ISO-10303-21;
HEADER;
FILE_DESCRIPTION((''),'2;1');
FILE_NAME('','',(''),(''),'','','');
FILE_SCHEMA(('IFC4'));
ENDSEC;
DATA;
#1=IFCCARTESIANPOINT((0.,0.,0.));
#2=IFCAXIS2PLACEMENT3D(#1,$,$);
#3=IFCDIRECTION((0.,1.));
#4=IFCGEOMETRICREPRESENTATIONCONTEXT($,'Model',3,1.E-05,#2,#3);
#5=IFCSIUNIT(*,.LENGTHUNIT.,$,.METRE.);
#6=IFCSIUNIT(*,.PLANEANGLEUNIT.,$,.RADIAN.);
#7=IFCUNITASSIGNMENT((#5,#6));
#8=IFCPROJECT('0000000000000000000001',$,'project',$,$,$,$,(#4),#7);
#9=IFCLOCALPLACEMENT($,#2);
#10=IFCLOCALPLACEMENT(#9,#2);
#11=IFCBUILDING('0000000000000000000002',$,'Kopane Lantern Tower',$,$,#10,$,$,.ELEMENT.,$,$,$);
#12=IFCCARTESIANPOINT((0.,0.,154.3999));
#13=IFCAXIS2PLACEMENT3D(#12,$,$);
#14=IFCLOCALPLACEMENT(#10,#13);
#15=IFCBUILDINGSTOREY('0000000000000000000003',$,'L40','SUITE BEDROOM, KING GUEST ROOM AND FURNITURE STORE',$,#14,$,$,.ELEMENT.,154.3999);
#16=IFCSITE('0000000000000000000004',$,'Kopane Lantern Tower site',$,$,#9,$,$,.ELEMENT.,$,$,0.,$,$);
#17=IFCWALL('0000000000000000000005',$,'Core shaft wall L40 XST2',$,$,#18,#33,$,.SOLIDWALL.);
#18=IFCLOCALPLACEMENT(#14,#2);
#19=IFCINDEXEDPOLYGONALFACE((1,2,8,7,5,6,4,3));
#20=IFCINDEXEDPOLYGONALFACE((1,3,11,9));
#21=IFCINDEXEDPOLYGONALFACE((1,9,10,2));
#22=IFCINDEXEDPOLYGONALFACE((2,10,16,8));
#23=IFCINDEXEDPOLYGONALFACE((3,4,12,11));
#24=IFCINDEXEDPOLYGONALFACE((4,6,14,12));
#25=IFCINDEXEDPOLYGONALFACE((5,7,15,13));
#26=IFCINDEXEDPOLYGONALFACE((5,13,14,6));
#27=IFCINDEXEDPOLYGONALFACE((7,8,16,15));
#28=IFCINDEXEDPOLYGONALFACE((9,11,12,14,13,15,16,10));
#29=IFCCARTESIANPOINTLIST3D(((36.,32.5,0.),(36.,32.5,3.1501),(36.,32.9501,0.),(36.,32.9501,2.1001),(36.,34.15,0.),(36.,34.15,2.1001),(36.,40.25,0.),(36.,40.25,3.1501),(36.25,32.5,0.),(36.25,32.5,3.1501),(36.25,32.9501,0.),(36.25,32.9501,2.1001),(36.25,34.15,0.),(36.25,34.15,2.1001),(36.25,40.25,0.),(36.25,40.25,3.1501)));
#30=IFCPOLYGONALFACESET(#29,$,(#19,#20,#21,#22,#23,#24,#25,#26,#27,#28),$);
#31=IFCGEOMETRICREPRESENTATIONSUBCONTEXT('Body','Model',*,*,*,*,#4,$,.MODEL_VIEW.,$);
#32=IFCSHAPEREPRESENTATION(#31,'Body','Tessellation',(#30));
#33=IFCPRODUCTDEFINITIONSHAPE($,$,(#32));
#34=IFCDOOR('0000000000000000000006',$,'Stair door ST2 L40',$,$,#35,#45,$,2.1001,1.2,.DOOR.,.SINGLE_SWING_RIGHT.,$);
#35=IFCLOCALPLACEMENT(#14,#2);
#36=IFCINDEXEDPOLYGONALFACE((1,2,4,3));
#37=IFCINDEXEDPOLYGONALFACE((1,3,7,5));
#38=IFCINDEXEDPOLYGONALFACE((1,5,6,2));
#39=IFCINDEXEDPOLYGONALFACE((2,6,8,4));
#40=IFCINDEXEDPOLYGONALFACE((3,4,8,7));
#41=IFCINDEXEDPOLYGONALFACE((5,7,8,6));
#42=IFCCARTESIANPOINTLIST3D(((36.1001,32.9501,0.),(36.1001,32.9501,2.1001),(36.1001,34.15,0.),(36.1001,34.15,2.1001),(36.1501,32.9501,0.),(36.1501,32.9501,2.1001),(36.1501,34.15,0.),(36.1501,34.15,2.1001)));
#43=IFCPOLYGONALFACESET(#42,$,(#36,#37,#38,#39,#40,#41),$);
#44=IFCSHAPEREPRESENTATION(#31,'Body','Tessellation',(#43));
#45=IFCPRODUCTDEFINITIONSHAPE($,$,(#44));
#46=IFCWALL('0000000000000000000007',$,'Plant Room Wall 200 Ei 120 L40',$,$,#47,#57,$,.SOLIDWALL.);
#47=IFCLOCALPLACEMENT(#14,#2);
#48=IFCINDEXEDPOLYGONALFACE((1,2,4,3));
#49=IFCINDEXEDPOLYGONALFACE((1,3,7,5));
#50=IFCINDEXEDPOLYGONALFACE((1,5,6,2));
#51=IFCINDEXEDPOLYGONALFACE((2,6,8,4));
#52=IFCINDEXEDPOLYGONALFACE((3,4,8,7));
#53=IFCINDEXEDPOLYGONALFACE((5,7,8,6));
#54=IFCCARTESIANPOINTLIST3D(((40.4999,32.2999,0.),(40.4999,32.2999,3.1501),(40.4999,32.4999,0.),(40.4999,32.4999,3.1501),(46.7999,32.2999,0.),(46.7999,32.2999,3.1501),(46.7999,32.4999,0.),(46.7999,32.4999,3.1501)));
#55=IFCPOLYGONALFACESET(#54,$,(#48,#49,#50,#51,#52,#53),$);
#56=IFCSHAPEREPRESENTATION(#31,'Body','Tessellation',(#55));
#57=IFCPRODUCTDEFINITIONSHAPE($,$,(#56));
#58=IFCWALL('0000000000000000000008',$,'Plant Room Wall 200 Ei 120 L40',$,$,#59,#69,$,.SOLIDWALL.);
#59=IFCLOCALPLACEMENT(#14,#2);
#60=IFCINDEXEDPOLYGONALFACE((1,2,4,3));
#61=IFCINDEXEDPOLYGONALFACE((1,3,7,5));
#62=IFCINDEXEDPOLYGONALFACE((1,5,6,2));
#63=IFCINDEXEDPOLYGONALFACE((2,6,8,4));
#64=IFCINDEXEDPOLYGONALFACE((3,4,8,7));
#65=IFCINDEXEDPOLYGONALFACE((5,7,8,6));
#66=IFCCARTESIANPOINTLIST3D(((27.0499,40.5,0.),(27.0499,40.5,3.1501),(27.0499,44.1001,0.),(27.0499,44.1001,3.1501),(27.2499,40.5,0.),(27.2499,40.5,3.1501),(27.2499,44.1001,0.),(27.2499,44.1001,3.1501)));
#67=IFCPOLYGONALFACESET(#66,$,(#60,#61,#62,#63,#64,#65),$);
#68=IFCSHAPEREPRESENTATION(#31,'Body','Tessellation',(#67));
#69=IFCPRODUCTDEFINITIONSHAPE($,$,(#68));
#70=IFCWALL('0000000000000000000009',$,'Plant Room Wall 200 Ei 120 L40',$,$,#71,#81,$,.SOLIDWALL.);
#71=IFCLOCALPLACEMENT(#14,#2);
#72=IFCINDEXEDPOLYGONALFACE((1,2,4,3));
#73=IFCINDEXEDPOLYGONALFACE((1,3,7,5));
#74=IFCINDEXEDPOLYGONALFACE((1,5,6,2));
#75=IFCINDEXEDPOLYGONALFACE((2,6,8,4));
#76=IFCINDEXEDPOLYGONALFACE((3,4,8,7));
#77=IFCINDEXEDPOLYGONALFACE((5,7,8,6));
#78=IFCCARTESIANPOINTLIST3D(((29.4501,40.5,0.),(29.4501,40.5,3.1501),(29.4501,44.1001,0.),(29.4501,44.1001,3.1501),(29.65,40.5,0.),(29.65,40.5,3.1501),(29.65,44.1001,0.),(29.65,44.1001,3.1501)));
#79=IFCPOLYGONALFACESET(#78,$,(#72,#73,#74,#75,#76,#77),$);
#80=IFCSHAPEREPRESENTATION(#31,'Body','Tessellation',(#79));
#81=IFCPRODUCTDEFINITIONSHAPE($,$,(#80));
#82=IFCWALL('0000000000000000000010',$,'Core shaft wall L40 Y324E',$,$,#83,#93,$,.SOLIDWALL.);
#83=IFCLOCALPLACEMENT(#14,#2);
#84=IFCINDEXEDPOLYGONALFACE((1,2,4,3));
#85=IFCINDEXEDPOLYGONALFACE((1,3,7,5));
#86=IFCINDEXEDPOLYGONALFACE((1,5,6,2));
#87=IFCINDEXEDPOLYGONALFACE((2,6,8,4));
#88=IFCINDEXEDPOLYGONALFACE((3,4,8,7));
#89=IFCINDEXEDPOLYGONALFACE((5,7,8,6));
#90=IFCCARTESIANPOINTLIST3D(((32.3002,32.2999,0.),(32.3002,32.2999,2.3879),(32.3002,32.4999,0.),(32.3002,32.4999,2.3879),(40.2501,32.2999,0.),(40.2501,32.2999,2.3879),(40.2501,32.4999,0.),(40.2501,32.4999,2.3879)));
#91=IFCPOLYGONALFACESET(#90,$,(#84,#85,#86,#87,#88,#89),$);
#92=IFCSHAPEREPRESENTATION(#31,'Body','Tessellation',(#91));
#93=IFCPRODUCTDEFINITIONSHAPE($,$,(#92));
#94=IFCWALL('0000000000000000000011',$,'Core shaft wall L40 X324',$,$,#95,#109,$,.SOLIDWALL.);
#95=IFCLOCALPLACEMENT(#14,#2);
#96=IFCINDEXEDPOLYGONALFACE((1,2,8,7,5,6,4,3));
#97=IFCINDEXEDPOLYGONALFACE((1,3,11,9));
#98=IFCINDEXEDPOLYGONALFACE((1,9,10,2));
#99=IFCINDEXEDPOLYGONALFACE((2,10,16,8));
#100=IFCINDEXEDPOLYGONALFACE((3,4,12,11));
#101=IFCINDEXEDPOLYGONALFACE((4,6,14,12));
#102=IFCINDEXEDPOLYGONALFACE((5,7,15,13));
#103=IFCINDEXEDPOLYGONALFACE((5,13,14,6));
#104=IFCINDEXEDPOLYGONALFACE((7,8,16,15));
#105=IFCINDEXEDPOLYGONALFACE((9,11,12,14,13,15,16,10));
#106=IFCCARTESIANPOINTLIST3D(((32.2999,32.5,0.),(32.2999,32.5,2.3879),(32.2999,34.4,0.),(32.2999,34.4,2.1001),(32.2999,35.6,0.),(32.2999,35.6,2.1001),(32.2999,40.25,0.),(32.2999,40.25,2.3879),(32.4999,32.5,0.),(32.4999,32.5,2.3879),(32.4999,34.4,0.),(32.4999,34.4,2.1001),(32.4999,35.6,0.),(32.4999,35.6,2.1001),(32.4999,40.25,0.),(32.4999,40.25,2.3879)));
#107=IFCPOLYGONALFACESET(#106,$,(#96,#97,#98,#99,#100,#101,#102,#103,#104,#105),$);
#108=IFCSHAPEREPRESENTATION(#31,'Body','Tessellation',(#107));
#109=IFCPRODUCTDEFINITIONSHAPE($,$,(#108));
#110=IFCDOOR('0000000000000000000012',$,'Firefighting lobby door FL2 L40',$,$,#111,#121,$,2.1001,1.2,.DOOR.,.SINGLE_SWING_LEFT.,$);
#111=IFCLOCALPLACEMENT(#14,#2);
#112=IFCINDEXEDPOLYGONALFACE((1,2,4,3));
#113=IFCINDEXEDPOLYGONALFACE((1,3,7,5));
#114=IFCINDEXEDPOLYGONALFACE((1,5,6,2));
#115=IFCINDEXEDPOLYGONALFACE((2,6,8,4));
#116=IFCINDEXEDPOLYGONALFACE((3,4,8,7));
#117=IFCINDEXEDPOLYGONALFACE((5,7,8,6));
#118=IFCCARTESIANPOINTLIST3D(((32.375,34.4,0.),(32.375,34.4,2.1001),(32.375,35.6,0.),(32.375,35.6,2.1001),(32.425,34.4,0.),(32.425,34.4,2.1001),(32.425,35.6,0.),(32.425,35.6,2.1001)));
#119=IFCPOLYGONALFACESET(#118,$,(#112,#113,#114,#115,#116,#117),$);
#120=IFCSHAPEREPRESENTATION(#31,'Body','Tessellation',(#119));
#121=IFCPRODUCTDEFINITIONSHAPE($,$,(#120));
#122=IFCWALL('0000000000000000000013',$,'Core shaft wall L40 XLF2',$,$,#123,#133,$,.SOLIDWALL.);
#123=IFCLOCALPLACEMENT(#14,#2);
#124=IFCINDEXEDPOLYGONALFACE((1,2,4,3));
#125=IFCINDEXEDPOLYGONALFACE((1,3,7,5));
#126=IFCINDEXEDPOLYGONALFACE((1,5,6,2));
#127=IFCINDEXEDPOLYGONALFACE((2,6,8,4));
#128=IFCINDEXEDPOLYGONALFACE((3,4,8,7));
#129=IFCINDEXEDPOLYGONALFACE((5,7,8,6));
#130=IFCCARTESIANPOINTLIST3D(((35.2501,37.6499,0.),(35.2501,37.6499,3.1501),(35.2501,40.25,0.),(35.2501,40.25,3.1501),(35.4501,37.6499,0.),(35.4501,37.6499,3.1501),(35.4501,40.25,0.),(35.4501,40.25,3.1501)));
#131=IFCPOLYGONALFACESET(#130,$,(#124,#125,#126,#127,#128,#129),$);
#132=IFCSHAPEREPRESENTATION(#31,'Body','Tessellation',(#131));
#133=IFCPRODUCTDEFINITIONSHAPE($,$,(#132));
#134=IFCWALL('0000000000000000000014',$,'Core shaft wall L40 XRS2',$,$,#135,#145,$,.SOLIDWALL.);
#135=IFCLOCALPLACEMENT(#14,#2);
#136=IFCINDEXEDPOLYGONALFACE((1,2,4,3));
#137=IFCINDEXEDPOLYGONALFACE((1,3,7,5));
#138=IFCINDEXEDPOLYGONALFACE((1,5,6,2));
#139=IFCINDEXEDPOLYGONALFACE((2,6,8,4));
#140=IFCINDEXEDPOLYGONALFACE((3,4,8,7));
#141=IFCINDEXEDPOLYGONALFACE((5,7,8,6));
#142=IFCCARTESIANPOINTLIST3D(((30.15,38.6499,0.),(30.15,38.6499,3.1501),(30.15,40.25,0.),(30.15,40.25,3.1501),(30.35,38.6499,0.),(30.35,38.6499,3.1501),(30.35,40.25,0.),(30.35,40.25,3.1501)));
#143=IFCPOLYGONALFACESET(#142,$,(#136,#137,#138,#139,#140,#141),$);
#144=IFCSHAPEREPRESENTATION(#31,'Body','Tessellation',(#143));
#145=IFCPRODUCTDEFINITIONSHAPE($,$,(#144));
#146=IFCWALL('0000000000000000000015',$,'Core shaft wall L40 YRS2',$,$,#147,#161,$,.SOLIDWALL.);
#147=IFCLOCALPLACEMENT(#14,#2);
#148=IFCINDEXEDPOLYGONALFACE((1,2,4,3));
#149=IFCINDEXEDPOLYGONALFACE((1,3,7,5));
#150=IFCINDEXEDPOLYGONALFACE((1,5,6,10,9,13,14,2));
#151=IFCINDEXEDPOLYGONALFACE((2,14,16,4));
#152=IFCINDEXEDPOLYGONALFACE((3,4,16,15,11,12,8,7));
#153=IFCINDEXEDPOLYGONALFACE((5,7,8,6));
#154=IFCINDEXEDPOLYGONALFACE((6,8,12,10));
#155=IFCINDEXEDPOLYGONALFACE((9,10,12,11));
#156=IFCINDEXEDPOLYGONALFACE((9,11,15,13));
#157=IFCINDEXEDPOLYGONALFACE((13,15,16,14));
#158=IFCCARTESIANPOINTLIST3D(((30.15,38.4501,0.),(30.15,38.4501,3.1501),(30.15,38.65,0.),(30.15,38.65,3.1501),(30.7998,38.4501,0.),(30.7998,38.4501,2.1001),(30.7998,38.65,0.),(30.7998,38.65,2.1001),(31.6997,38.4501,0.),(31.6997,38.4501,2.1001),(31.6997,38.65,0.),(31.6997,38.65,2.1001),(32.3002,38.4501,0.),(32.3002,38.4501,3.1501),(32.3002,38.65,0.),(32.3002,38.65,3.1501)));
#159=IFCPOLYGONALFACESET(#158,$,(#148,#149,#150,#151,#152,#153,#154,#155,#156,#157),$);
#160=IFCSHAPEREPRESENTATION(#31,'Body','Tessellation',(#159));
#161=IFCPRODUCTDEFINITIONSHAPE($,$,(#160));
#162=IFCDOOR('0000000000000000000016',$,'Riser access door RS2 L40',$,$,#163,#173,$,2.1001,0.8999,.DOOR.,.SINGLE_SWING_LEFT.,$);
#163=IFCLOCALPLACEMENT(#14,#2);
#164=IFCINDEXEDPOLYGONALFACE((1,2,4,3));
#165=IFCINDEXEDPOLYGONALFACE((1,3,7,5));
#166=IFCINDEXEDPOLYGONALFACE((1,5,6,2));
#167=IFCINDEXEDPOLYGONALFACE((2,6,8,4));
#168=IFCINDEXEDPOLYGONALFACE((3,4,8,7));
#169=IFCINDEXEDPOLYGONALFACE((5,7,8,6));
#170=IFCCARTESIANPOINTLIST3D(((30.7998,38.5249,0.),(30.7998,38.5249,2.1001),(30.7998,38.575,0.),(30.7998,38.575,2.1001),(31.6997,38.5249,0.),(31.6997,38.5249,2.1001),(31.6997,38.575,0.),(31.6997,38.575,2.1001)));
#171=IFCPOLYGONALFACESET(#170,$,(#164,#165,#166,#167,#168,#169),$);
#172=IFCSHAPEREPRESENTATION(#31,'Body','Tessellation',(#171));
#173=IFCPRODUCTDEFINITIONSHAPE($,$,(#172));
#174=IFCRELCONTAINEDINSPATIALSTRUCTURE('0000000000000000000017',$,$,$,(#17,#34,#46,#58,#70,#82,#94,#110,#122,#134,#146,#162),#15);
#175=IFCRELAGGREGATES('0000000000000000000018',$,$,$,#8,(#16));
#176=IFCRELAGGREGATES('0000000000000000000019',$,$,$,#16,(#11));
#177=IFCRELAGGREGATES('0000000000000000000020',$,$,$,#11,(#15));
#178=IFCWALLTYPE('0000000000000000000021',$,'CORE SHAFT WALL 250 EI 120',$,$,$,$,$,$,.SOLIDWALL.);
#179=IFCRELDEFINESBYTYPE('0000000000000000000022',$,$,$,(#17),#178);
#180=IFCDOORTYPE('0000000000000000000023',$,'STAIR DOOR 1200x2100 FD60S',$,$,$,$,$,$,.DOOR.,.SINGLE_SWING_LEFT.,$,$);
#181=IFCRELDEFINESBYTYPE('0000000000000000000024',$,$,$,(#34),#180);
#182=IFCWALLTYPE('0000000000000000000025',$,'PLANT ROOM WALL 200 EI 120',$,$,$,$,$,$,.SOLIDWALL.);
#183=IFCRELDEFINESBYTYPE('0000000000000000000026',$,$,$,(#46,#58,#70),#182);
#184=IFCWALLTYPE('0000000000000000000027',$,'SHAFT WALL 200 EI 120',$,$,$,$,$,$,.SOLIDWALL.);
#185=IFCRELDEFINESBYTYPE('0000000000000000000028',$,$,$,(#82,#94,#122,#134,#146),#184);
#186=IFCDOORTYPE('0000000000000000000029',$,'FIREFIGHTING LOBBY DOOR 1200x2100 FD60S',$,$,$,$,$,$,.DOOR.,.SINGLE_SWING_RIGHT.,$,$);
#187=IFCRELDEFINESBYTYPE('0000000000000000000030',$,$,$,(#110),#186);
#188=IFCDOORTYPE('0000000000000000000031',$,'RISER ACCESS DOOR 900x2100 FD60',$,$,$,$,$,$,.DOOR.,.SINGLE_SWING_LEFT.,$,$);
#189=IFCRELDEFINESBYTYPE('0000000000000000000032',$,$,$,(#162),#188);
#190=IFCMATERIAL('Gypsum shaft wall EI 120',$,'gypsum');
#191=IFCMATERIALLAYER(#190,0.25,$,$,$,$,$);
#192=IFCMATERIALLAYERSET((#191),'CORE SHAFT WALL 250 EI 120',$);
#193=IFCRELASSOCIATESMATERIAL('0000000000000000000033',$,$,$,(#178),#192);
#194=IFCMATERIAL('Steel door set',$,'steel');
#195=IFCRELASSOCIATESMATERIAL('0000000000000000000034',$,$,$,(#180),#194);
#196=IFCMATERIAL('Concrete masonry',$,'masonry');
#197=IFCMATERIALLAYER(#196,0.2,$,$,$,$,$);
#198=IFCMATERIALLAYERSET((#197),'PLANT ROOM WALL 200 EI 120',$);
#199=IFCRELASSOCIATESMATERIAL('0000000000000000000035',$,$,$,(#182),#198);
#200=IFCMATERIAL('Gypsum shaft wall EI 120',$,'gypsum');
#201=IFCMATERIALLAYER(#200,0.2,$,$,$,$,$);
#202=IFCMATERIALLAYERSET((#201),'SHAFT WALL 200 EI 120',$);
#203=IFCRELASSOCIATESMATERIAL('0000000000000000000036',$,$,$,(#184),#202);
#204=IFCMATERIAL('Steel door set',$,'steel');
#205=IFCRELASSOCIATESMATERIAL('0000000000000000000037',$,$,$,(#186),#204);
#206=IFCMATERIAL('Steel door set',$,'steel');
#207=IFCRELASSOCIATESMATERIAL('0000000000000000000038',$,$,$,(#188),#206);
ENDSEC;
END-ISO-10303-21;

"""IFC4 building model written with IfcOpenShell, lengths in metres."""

from ifc_helpers import new_model, si_unit, direction, frame, frame_2d, origin, place, context, subcontext, project, spatial, rectangle, extrude, material, layer, layer_set, type_object, element, fill, save


model = new_model("IFC4")

# Units and contexts
model_context = context("Model", 3, precision=1e-05, world=origin(), true_north=direction((0.0, 1.0)))
body_context = subcontext(model_context, "Body", "Model", "MODEL_VIEW")
ifc_project = project(units=[si_unit("LENGTHUNIT", "METRE"), si_unit("PLANEANGLEUNIT", "RADIAN")], contexts=[model_context])

# Site, building, storey
site_placement = place(None, origin())
site = spatial("IfcSite", under=ifc_project, at=site_placement, Name="Kopane Lantern Tower site", CompositionType="ELEMENT", RefElevation=0.0)
building_placement = place(site_placement, origin())
building = spatial("IfcBuilding", under=site, at=building_placement, Name="Kopane Lantern Tower", CompositionType="ELEMENT")
storey_placement = place(building_placement, frame((0.0, 0.0, 154.3999)))
storey = spatial("IfcBuildingStorey", under=building, at=storey_placement, Name="L40", Description="SUITE BEDROOM, KING GUEST ROOM AND FURNITURE STORE", CompositionType="ELEMENT", Elevation=154.3999)

# Wall, opening, door
ifc_material_1 = material(Name="Gypsum shaft wall EI 120", Category="gypsum")
ifc_layer_1 = layer(ifc_material_1, 0.25)
ifc_layer_set_1 = layer_set([ifc_layer_1], Name="CORE SHAFT WALL 250 EI 120")
wall_type_1 = type_object("IfcWallType", Name="CORE SHAFT WALL 250 EI 120", PredefinedType="SOLIDWALL", material=ifc_layer_set_1)
wall_1_placement = place(storey_placement, frame((36.125, 32.5, 0.0), z_axis=(0.0, 0.0, 1.0), x_axis=(0.0, 1.0, 0.0)))
wall_1 = element("IfcWall", 1, at=wall_1_placement, inside=storey, type_object=wall_type_1, Name="Core shaft wall L40 XST2", PredefinedType="SOLIDWALL", context=body_context, shape_type="SweptSolid", body=[
    extrude(rectangle(XDim=7.75, YDim=0.25, at=frame_2d((3.875, 0.0))), origin(), (0.0, 0.0, 1.0), 3.1501),
])
opening_1_placement = place(wall_1_placement, frame((0.45, 0.0, 0.0)))
opening_1 = element("IfcOpeningElement", 2, at=opening_1_placement, cuts=wall_1, PredefinedType="OPENING", context=body_context, shape_type="SweptSolid", body=[
    extrude(rectangle(XDim=1.2, YDim=2.1001, at=frame_2d((0.6001, 1.05))), frame((0.0, 0.135, 0.0), z_axis=(0.0, -1.0, 0.0), x_axis=(1.0, 0.0, 0.0)), (0.0, 0.0, 1.0), 0.27),
])
ifc_material_2 = material(Name="Steel door set", Category="steel")
door_type_1 = type_object("IfcDoorType", Name="STAIR DOOR 1200x2100 FD60S", OperationType="SINGLE_SWING_LEFT", PredefinedType="DOOR", material=ifc_material_2)
door_1_placement = place(opening_1_placement, origin())
door_1 = element("IfcDoor", 3, at=door_1_placement, inside=storey, type_object=door_type_1, Name="Stair door ST2 L40", OperationType="SINGLE_SWING_RIGHT", OverallHeight=2.1001, OverallWidth=1.2, PredefinedType="DOOR", context=body_context, shape_type="SweptSolid", body=[
    extrude(rectangle(XDim=1.2, YDim=2.1001, at=frame_2d((0.6001, 1.05))), frame((0.0, 0.0249, 0.0), z_axis=(0.0, -1.0, 0.0), x_axis=(1.0, 0.0, 0.0)), (0.0, 0.0, 1.0), 0.05),
])
fill(opening_1, door_1)

# Walls
ifc_material_3 = material(Name="Concrete masonry", Category="masonry")
ifc_layer_2 = layer(ifc_material_3, 0.2)
ifc_layer_set_2 = layer_set([ifc_layer_2], Name="PLANT ROOM WALL 200 EI 120")
wall_type_2 = type_object("IfcWallType", Name="PLANT ROOM WALL 200 EI 120", PredefinedType="SOLIDWALL", material=ifc_layer_set_2)
wall_2_placement = place(storey_placement, frame((40.5, 32.3999, 0.0), z_axis=(0.0, 0.0, 1.0), x_axis=(1.0, 0.0, 0.0)))
element("IfcWall", 4, at=wall_2_placement, inside=storey, type_object=wall_type_2, Name="Plant Room Wall 200 Ei 120 L40", PredefinedType="SOLIDWALL", context=body_context, shape_type="SweptSolid", body=[
    extrude(rectangle(XDim=6.3, YDim=0.2, at=frame_2d((3.1499, 0.0))), origin(), (0.0, 0.0, 1.0), 3.1501),
])
for number, where, z_axis, x_axis, name in (
    (5, (27.1499, 40.5, 0.0), (0.0, 0.0, 1.0), (0.0, 1.0, 0.0), "Plant Room Wall 200 Ei 120 L40"),
    (6, (29.55, 40.5, 0.0), (0.0, 0.0, 1.0), (0.0, 1.0, 0.0), "Plant Room Wall 200 Ei 120 L40"),
):
    element("IfcWall", number, at=place(storey_placement, frame(where, z_axis=z_axis, x_axis=x_axis)), inside=storey, type_object=wall_type_2, Name=name, PredefinedType="SOLIDWALL", context=body_context, shape_type="SweptSolid", body=[
        extrude(rectangle(XDim=3.6001, YDim=0.2, at=frame_2d((1.8, 0.0))), origin(), (0.0, 0.0, 1.0), 3.1501),
    ])
ifc_material_4 = material(Name="Gypsum shaft wall EI 120", Category="gypsum")
ifc_layer_3 = layer(ifc_material_4, 0.2)
ifc_layer_set_3 = layer_set([ifc_layer_3], Name="SHAFT WALL 200 EI 120")
wall_type_3 = type_object("IfcWallType", Name="SHAFT WALL 200 EI 120", PredefinedType="SOLIDWALL", material=ifc_layer_set_3)
wall_3_placement = place(storey_placement, frame((32.3, 32.3999, 0.0), z_axis=(0.0, 0.0, 1.0), x_axis=(1.0, 0.0, 0.0)))
element("IfcWall", 7, at=wall_3_placement, inside=storey, type_object=wall_type_3, Name="Core shaft wall L40 Y324E", PredefinedType="SOLIDWALL", context=body_context, shape_type="SweptSolid", body=[
    extrude(rectangle(XDim=7.95, YDim=0.2, at=frame_2d((3.9751, 0.0))), origin(), (0.0, 0.0, 1.0), 2.3879),
])

# Wall, opening, door
wall_4_placement = place(storey_placement, frame((32.3999, 32.5, 0.0), z_axis=(0.0, 0.0, 1.0), x_axis=(0.0, 1.0, 0.0)))
wall_4 = element("IfcWall", 8, at=wall_4_placement, inside=storey, type_object=wall_type_3, Name="Core shaft wall L40 X324", PredefinedType="SOLIDWALL", context=body_context, shape_type="SweptSolid", body=[
    extrude(rectangle(XDim=7.75, YDim=0.2, at=frame_2d((3.875, 0.0))), origin(), (0.0, 0.0, 1.0), 2.3879),
])
opening_2_placement = place(wall_4_placement, frame((1.8999, 0.0, 0.0)))
opening_2 = element("IfcOpeningElement", 9, at=opening_2_placement, cuts=wall_4, PredefinedType="OPENING", context=body_context, shape_type="SweptSolid", body=[
    extrude(rectangle(XDim=1.2, YDim=2.1001, at=frame_2d((0.6001, 1.05))), frame((0.0, 0.1099, 0.0), z_axis=(0.0, -1.0, 0.0), x_axis=(1.0, 0.0, 0.0)), (0.0, 0.0, 1.0), 0.22),
])
ifc_material_5 = material(Name="Steel door set", Category="steel")
door_type_2 = type_object("IfcDoorType", Name="FIREFIGHTING LOBBY DOOR 1200x2100 FD60S", OperationType="SINGLE_SWING_RIGHT", PredefinedType="DOOR", material=ifc_material_5)
door_2_placement = place(opening_2_placement, origin())
door_2 = element("IfcDoor", 10, at=door_2_placement, inside=storey, type_object=door_type_2, Name="Firefighting lobby door FL2 L40", OperationType="SINGLE_SWING_LEFT", OverallHeight=2.1001, OverallWidth=1.2, PredefinedType="DOOR", context=body_context, shape_type="SweptSolid", body=[
    extrude(rectangle(XDim=1.2, YDim=2.1001, at=frame_2d((0.6001, 1.05))), frame((0.0, 0.0249, 0.0), z_axis=(0.0, -1.0, 0.0), x_axis=(1.0, 0.0, 0.0)), (0.0, 0.0, 1.0), 0.05),
])
fill(opening_2, door_2)

# Walls
wall_5_placement = place(storey_placement, frame((35.3501, 37.6499, 0.0), z_axis=(0.0, 0.0, 1.0), x_axis=(0.0, 1.0, 0.0)))
element("IfcWall", 11, at=wall_5_placement, inside=storey, type_object=wall_type_3, Name="Core shaft wall L40 XLF2", PredefinedType="SOLIDWALL", context=body_context, shape_type="SweptSolid", body=[
    extrude(rectangle(XDim=2.6001, YDim=0.2, at=frame_2d((1.3, 0.0))), origin(), (0.0, 0.0, 1.0), 3.1501),
])
wall_6_placement = place(storey_placement, frame((30.25, 38.6499, 0.0), z_axis=(0.0, 0.0, 1.0), x_axis=(0.0, 1.0, 0.0)))
element("IfcWall", 12, at=wall_6_placement, inside=storey, type_object=wall_type_3, Name="Core shaft wall L40 XRS2", PredefinedType="SOLIDWALL", context=body_context, shape_type="SweptSolid", body=[
    extrude(rectangle(XDim=1.6001, YDim=0.2, at=frame_2d((0.8, 0.0))), origin(), (0.0, 0.0, 1.0), 3.1501),
])

# Wall, opening, door
wall_7_placement = place(storey_placement, frame((30.1499, 38.55, 0.0), z_axis=(0.0, 0.0, 1.0), x_axis=(1.0, 0.0, 0.0)))
wall_7 = element("IfcWall", 13, at=wall_7_placement, inside=storey, type_object=wall_type_3, Name="Core shaft wall L40 YRS2", PredefinedType="SOLIDWALL", context=body_context, shape_type="SweptSolid", body=[
    extrude(rectangle(XDim=2.1501, YDim=0.2, at=frame_2d((1.0752, 0.0))), origin(), (0.0, 0.0, 1.0), 3.1501),
])
opening_3_placement = place(wall_7_placement, frame((0.6499, 0.0, 0.0)))
opening_3 = element("IfcOpeningElement", 14, at=opening_3_placement, cuts=wall_7, PredefinedType="OPENING", context=body_context, shape_type="SweptSolid", body=[
    extrude(rectangle(XDim=0.8999, YDim=2.1001, at=frame_2d((0.45, 1.05))), frame((0.0, 0.1099, 0.0), z_axis=(0.0, -1.0, 0.0), x_axis=(1.0, 0.0, 0.0)), (0.0, 0.0, 1.0), 0.22),
])
ifc_material_6 = material(Name="Steel door set", Category="steel")
door_type_3 = type_object("IfcDoorType", Name="RISER ACCESS DOOR 900x2100 FD60", OperationType="SINGLE_SWING_LEFT", PredefinedType="DOOR", material=ifc_material_6)
door_3_placement = place(opening_3_placement, origin())
door_3 = element("IfcDoor", 15, at=door_3_placement, inside=storey, type_object=door_type_3, Name="Riser access door RS2 L40", OperationType="SINGLE_SWING_LEFT", OverallHeight=2.1001, OverallWidth=0.8999, PredefinedType="DOOR", context=body_context, shape_type="SweptSolid", body=[
    extrude(rectangle(XDim=0.8999, YDim=2.1001, at=frame_2d((0.45, 1.05))), frame((0.0, 0.0249, 0.0), z_axis=(0.0, -1.0, 0.0), x_axis=(1.0, 0.0, 0.0)), (0.0, 0.0, 1.0), 0.05),
])
fill(opening_3, door_3)

save(model, "model.ifc")
